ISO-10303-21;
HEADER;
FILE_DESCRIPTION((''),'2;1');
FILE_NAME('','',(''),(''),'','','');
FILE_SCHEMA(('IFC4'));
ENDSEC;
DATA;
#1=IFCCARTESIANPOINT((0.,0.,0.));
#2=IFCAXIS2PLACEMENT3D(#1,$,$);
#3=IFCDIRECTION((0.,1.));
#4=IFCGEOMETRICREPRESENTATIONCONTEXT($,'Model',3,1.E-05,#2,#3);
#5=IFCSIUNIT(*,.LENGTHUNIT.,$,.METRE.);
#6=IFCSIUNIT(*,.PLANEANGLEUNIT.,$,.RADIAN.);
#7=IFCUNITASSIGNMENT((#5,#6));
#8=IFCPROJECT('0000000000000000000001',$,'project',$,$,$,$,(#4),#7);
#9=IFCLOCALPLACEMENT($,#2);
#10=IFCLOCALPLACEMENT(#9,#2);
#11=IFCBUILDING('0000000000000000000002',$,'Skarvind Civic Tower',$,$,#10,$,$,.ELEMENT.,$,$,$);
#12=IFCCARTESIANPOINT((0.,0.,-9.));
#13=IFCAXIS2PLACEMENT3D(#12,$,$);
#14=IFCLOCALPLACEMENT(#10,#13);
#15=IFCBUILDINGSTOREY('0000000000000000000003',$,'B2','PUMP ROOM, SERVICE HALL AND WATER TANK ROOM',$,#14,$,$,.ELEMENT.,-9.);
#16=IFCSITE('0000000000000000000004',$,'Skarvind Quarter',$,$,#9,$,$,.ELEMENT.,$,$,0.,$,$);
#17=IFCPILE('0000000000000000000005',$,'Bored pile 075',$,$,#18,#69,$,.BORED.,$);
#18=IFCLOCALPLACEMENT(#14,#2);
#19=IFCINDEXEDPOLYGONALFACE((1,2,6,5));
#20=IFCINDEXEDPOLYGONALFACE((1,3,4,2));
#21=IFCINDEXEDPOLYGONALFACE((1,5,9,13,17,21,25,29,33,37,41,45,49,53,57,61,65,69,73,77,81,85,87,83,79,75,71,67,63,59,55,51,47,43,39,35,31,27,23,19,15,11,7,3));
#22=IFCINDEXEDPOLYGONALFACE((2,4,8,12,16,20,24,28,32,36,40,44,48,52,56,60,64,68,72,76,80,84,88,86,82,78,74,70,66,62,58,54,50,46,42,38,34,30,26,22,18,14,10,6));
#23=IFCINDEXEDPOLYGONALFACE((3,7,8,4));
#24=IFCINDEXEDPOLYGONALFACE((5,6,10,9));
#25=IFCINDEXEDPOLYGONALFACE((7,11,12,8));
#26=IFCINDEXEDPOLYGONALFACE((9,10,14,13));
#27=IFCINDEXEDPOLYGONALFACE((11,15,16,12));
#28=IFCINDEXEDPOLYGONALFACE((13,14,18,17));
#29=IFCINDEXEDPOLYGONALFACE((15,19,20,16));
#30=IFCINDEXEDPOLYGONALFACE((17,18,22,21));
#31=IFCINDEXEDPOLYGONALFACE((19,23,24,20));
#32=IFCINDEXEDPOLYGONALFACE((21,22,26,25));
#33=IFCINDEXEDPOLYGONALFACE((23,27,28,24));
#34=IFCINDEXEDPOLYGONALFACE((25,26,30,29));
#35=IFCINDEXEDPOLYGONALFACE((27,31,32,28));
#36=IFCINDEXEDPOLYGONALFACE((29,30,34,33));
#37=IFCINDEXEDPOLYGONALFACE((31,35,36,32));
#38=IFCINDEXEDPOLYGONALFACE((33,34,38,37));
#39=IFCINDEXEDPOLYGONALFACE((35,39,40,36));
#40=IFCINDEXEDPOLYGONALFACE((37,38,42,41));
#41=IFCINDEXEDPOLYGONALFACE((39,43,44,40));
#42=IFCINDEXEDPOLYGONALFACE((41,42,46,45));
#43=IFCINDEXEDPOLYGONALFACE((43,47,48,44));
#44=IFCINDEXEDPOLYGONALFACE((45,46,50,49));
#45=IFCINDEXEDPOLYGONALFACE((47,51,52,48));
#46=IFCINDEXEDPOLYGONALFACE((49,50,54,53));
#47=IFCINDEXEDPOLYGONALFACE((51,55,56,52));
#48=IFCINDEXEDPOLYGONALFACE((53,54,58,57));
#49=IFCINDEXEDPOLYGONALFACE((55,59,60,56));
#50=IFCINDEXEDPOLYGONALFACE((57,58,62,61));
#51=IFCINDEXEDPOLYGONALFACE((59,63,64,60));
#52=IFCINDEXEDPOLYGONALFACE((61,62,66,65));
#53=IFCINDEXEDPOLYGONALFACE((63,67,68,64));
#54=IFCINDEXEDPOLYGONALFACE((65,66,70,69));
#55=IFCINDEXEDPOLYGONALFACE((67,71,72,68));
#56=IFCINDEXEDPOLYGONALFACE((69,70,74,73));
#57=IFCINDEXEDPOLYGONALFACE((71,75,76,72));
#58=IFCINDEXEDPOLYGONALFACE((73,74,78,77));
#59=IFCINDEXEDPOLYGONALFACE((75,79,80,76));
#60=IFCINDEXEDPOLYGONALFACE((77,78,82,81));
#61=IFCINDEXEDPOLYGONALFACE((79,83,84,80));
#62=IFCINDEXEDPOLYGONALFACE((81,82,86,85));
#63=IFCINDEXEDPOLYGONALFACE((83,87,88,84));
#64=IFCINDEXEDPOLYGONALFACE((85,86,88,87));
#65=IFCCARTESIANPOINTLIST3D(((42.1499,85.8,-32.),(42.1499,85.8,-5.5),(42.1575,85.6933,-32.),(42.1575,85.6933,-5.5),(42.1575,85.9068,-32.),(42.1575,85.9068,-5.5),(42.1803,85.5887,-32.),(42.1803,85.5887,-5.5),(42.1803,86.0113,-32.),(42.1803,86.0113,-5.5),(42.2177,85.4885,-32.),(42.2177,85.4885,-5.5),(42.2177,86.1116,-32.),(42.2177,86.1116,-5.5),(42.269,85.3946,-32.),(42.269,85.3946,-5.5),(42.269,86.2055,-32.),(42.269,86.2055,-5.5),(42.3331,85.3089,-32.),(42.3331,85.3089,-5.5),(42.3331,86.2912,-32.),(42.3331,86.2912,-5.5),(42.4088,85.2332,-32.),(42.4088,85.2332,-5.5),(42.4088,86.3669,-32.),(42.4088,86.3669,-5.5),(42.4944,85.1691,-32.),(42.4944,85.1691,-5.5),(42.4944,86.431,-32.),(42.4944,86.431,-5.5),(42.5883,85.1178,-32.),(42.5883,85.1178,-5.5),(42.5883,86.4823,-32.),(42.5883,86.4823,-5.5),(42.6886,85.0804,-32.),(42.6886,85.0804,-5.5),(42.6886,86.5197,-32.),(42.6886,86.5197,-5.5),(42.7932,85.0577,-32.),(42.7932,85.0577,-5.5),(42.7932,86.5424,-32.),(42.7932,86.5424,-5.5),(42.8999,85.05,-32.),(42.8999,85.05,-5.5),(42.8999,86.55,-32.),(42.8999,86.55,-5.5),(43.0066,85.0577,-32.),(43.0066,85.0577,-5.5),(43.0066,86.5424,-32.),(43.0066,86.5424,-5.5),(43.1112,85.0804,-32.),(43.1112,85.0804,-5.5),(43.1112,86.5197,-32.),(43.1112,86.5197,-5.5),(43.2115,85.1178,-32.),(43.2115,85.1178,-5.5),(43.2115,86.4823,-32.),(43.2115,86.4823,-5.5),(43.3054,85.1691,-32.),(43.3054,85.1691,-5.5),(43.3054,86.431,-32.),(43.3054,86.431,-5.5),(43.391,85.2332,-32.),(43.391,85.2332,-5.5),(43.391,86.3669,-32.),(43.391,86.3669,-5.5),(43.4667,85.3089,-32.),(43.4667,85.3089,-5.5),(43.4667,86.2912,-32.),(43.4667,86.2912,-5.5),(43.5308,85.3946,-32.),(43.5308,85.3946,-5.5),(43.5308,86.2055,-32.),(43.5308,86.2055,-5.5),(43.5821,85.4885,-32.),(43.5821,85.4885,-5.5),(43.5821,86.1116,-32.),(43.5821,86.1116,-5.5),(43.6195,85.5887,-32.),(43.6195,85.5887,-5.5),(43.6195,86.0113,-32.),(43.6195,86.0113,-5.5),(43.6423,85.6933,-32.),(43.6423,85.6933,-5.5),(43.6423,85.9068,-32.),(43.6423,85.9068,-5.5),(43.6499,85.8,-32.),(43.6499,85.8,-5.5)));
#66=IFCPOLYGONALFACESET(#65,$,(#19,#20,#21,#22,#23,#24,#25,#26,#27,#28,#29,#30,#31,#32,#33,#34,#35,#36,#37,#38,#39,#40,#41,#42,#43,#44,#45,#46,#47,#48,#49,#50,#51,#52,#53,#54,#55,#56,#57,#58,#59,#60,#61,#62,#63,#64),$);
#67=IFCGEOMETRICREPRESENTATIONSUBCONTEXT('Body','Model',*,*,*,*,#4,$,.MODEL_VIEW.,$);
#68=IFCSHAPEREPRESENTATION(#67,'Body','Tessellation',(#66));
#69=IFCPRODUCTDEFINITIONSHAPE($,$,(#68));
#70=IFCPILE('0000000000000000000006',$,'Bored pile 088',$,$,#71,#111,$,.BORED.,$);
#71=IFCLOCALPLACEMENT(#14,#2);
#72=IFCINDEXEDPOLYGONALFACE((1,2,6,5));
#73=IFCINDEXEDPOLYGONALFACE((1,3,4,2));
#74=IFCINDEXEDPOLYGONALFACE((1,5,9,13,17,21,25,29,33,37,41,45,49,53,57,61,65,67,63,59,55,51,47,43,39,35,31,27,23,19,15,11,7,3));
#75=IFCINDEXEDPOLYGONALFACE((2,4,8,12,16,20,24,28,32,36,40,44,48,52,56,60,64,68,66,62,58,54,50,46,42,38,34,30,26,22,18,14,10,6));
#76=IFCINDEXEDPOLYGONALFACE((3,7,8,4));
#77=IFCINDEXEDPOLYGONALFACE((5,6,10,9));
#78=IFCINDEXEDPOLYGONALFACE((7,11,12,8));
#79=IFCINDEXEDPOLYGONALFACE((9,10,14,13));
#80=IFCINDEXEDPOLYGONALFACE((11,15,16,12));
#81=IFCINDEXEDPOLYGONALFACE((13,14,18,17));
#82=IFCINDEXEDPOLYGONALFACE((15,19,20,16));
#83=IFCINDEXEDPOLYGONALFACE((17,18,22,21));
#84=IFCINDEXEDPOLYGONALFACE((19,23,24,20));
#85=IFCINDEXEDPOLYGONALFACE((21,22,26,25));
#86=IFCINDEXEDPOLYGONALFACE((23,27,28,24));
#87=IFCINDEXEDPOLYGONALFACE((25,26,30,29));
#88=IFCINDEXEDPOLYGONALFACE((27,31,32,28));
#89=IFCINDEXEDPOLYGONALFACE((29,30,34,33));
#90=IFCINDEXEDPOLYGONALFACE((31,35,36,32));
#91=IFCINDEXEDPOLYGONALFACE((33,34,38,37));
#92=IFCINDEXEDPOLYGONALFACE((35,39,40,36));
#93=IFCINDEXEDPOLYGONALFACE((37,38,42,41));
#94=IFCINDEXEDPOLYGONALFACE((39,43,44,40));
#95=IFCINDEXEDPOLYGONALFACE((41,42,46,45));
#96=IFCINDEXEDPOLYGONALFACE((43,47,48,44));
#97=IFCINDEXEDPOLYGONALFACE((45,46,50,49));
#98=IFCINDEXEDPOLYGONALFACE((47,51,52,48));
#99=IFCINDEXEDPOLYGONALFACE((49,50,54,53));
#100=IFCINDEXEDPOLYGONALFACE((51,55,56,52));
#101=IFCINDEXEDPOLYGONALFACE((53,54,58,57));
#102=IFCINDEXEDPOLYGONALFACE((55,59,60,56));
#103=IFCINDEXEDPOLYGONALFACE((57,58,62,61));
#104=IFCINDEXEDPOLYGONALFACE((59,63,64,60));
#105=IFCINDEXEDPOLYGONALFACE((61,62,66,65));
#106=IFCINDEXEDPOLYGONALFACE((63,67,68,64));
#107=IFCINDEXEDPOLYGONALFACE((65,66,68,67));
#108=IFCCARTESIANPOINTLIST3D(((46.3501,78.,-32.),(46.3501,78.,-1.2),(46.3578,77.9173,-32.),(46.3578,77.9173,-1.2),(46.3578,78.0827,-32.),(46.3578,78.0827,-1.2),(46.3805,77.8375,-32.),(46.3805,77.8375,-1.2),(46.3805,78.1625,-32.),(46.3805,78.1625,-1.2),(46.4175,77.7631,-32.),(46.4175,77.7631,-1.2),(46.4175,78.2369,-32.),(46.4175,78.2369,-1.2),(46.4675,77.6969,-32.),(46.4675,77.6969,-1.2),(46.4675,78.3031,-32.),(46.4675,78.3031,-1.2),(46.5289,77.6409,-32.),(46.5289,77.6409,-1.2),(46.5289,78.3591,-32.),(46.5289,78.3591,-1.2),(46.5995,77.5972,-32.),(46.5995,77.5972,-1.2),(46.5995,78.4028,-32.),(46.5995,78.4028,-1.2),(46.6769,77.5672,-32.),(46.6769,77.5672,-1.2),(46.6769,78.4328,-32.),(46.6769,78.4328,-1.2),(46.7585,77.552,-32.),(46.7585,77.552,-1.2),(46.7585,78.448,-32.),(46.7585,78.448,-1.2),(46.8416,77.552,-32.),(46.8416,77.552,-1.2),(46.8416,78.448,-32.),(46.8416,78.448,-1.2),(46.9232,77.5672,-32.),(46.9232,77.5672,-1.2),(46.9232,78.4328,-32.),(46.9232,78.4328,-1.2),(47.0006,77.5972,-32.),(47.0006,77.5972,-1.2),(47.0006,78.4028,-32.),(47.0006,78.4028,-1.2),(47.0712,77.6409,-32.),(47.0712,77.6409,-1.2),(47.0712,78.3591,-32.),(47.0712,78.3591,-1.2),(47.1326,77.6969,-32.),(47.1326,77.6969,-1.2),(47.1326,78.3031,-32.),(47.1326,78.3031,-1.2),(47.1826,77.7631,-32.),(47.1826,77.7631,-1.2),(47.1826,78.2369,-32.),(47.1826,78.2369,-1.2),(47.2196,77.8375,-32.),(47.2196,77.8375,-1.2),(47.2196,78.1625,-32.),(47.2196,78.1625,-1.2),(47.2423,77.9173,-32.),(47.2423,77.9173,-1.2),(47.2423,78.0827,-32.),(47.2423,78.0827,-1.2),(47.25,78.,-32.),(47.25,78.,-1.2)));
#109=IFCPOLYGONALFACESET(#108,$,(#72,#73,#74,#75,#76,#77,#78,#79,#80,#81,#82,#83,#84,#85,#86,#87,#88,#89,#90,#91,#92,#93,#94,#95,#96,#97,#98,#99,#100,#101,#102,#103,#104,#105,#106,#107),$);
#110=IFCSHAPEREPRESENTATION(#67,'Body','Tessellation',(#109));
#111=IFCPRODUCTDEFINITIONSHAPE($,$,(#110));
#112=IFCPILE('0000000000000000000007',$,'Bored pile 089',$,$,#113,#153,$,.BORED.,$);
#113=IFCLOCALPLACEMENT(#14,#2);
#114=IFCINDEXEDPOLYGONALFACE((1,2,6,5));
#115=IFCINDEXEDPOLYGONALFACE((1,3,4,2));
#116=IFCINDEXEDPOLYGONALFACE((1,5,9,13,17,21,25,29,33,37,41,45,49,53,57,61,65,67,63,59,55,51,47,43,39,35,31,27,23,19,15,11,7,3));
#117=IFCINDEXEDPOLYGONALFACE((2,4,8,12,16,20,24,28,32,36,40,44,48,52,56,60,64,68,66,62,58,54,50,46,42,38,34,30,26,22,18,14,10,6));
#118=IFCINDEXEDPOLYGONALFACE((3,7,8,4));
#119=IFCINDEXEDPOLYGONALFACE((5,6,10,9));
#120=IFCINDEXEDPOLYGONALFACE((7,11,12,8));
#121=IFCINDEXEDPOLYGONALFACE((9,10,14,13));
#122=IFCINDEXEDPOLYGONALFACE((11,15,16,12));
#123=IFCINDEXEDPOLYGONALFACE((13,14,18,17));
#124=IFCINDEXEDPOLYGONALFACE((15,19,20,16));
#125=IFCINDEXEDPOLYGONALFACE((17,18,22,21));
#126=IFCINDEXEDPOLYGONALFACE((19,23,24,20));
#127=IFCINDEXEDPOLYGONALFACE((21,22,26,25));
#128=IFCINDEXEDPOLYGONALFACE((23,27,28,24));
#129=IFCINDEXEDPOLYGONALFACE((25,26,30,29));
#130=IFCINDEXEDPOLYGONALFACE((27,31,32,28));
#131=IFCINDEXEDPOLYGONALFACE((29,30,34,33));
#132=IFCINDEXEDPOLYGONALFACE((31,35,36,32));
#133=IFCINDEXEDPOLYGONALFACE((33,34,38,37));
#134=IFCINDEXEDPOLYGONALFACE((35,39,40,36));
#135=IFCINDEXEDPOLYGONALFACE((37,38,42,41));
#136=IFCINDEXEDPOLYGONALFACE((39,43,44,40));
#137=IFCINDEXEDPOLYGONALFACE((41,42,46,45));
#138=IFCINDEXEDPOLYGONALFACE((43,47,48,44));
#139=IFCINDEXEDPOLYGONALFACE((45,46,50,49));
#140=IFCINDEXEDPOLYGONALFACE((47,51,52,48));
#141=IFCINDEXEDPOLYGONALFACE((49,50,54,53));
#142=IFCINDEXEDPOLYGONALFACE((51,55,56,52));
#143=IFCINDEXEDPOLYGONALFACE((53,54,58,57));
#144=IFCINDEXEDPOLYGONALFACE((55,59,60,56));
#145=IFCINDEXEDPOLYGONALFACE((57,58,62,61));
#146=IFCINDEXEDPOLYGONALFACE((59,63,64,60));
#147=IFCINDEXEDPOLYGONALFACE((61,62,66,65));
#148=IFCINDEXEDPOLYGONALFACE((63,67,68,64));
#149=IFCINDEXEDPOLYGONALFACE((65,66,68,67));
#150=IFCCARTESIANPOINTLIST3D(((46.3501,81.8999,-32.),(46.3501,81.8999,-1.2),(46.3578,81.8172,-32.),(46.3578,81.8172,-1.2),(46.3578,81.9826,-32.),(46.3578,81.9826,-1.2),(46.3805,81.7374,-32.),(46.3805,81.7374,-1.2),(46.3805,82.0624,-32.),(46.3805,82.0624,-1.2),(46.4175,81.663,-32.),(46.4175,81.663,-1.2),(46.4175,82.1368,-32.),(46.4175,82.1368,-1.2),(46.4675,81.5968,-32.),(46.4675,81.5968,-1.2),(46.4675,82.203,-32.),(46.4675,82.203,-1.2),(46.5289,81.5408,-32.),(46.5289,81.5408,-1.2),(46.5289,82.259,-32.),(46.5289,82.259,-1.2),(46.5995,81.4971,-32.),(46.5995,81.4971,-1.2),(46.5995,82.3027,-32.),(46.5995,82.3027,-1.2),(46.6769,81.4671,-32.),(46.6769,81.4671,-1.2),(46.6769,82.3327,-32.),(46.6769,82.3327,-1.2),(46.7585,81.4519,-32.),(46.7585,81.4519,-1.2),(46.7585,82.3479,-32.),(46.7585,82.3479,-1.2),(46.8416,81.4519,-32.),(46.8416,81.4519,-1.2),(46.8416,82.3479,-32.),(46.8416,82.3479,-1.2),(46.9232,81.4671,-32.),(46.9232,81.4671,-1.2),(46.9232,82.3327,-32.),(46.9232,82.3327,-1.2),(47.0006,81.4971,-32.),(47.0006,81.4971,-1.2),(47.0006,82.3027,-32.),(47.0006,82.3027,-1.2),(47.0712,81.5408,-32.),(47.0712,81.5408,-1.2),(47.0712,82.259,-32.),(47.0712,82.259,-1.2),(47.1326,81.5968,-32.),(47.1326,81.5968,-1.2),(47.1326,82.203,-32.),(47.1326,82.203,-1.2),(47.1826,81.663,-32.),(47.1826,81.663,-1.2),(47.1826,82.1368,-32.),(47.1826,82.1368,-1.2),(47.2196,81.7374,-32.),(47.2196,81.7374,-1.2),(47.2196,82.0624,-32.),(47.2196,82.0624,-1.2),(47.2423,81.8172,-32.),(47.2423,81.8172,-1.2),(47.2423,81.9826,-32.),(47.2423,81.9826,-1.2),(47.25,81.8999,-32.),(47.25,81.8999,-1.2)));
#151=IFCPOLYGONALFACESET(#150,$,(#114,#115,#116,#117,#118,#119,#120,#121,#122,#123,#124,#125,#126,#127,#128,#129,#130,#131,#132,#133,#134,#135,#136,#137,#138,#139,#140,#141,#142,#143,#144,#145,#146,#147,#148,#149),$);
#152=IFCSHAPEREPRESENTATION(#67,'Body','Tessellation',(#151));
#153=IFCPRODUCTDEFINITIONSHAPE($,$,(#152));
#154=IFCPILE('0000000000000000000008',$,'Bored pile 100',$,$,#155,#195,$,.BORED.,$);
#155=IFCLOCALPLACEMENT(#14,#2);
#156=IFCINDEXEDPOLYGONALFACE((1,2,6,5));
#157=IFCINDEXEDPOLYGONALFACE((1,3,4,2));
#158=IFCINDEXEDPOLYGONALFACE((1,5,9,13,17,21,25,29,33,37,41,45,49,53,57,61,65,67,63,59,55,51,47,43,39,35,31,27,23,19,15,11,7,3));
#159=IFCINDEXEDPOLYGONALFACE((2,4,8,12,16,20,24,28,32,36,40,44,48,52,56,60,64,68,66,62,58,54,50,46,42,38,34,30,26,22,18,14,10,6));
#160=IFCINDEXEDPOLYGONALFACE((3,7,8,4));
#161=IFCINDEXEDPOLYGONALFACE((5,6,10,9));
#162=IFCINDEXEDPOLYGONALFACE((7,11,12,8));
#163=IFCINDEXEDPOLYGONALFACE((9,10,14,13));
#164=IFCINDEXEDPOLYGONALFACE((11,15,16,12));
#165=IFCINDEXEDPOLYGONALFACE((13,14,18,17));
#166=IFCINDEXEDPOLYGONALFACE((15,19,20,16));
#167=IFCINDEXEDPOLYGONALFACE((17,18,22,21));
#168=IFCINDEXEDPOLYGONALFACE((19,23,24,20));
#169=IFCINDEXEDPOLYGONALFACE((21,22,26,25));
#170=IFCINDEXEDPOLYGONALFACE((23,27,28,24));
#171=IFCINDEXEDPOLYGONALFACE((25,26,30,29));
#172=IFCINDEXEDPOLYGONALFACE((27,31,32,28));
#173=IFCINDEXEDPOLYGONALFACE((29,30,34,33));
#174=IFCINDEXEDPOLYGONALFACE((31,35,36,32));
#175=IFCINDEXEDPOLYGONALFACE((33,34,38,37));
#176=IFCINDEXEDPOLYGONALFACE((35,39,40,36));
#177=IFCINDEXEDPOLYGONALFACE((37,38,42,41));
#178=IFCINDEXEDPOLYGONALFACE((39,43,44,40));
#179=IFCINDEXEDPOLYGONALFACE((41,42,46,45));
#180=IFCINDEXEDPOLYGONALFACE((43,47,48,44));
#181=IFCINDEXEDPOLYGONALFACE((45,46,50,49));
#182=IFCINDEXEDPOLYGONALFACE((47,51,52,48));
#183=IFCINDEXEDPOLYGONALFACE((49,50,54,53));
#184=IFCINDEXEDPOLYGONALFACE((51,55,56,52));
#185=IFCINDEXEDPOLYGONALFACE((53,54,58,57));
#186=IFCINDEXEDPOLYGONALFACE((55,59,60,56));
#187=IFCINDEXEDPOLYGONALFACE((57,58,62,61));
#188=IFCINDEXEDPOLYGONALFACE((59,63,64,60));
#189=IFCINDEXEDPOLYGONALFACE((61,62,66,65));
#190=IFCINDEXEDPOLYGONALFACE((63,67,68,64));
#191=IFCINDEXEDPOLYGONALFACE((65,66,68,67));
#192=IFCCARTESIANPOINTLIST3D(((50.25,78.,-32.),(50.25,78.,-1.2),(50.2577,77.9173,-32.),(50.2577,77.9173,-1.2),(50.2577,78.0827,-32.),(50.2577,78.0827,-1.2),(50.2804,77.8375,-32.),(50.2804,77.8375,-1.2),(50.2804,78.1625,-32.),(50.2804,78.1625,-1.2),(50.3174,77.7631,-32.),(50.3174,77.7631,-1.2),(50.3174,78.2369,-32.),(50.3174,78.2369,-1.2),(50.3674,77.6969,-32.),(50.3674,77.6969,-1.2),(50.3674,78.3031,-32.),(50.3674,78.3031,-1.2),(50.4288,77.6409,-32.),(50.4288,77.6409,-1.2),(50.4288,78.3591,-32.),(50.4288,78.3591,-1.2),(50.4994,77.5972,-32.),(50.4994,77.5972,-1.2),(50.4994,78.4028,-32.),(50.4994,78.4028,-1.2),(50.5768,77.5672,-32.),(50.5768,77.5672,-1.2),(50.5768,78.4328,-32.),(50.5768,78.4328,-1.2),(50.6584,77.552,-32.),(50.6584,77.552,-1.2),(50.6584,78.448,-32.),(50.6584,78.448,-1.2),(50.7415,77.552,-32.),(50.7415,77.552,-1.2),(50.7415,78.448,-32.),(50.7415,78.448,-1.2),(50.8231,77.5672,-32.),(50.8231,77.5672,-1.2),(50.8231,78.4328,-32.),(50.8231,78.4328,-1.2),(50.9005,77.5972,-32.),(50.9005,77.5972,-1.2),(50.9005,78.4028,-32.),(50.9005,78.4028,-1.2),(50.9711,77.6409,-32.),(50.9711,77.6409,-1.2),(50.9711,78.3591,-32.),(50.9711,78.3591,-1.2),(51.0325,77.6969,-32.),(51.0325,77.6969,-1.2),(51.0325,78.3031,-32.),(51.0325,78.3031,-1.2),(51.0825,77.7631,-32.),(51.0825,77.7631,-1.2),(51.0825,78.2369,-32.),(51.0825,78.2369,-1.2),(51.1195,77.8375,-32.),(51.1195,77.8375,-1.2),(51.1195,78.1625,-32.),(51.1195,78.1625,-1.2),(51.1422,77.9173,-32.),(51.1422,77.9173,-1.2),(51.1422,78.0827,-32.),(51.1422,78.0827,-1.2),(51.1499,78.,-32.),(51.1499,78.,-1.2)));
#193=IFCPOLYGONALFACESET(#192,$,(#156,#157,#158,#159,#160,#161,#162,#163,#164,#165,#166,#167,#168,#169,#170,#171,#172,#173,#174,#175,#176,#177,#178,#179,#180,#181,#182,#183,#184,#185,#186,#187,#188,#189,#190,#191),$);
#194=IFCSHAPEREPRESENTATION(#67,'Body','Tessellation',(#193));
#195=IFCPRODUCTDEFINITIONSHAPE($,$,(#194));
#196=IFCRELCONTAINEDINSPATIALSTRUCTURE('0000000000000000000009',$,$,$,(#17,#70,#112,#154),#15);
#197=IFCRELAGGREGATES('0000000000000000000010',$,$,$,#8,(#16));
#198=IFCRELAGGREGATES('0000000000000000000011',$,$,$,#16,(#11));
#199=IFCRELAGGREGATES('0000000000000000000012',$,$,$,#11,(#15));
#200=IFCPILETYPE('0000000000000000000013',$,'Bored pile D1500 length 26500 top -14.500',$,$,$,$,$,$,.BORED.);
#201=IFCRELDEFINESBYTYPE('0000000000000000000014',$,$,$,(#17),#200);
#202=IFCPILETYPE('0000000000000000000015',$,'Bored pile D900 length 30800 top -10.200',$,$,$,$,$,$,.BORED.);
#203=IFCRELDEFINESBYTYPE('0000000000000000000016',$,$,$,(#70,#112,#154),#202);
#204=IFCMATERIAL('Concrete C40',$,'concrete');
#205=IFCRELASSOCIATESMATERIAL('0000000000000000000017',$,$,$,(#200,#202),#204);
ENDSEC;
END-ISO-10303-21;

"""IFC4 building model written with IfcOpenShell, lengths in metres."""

from ifc_helpers import new_model, si_unit, direction, frame, origin, origin_2d, place, context, subcontext, project, spatial, circle, extrude, material, type_object, element, save


model = new_model("IFC4")

# Units and contexts
model_context = context("Model", 3, precision=1e-05, world=origin(), true_north=direction((0.0, 1.0)))
body_context = subcontext(model_context, "Body", "Model", "MODEL_VIEW")
ifc_project = project(units=[si_unit("LENGTHUNIT", "METRE"), si_unit("PLANEANGLEUNIT", "RADIAN")], contexts=[model_context])

# Site, building, storey
site_placement = place(None, origin())
site = spatial("IfcSite", under=ifc_project, at=site_placement, Name="Skarvind Quarter", CompositionType="ELEMENT", RefElevation=0.0)
building_placement = place(site_placement, origin())
building = spatial("IfcBuilding", under=site, at=building_placement, Name="Skarvind Civic Tower", CompositionType="ELEMENT")
storey_placement = place(building_placement, frame((0.0, 0.0, -9.0)))
storey = spatial("IfcBuildingStorey", under=building, at=storey_placement, Name="B2", Description="PUMP ROOM, SERVICE HALL AND WATER TANK ROOM", CompositionType="ELEMENT", Elevation=-9.0)

# Piles
ifc_material_1 = material(Name="Concrete C40", Category="concrete")
pile_type_1 = type_object("IfcPileType", Name="Bored pile D1500 length 26500 top -14.500", PredefinedType="BORED", material=ifc_material_1)
for number, where, z_axis, x_axis, name in (
    (1, (42.8999, 85.8, -5.5), (0.0, 0.0, -1.0), (1.0, 0.0, 0.0), "Bored pile 075"),
):
    element("IfcPile", number, at=place(storey_placement, frame(where, z_axis=z_axis, x_axis=x_axis)), inside=storey, type_object=pile_type_1, Name=name, PredefinedType="BORED", context=body_context, shape_type="SweptSolid", body=[
        extrude(circle(Radius=0.75, at=origin_2d()), origin(), (0.0, 0.0, 1.0), 26.5),
    ])
pile_type_2 = type_object("IfcPileType", Name="Bored pile D900 length 30800 top -10.200", PredefinedType="BORED", material=ifc_material_1)
for number, where, z_axis, x_axis, name in (
    (2, (46.8, 78.0, -1.2), (0.0, 0.0, -1.0), (1.0, 0.0, 0.0), "Bored pile 088"),
    (3, (46.8, 81.8999, -1.2), (0.0, 0.0, -1.0), (1.0, 0.0, 0.0), "Bored pile 089"),
    (4, (50.7, 78.0, -1.2), (0.0, 0.0, -1.0), (1.0, 0.0, 0.0), "Bored pile 100"),
):
    element("IfcPile", number, at=place(storey_placement, frame(where, z_axis=z_axis, x_axis=x_axis)), inside=storey, type_object=pile_type_2, Name=name, PredefinedType="BORED", context=body_context, shape_type="SweptSolid", body=[
        extrude(circle(Radius=0.45, at=origin_2d()), origin(), (0.0, 0.0, 1.0), 30.8),
    ])

save(model, "model.ifc")
